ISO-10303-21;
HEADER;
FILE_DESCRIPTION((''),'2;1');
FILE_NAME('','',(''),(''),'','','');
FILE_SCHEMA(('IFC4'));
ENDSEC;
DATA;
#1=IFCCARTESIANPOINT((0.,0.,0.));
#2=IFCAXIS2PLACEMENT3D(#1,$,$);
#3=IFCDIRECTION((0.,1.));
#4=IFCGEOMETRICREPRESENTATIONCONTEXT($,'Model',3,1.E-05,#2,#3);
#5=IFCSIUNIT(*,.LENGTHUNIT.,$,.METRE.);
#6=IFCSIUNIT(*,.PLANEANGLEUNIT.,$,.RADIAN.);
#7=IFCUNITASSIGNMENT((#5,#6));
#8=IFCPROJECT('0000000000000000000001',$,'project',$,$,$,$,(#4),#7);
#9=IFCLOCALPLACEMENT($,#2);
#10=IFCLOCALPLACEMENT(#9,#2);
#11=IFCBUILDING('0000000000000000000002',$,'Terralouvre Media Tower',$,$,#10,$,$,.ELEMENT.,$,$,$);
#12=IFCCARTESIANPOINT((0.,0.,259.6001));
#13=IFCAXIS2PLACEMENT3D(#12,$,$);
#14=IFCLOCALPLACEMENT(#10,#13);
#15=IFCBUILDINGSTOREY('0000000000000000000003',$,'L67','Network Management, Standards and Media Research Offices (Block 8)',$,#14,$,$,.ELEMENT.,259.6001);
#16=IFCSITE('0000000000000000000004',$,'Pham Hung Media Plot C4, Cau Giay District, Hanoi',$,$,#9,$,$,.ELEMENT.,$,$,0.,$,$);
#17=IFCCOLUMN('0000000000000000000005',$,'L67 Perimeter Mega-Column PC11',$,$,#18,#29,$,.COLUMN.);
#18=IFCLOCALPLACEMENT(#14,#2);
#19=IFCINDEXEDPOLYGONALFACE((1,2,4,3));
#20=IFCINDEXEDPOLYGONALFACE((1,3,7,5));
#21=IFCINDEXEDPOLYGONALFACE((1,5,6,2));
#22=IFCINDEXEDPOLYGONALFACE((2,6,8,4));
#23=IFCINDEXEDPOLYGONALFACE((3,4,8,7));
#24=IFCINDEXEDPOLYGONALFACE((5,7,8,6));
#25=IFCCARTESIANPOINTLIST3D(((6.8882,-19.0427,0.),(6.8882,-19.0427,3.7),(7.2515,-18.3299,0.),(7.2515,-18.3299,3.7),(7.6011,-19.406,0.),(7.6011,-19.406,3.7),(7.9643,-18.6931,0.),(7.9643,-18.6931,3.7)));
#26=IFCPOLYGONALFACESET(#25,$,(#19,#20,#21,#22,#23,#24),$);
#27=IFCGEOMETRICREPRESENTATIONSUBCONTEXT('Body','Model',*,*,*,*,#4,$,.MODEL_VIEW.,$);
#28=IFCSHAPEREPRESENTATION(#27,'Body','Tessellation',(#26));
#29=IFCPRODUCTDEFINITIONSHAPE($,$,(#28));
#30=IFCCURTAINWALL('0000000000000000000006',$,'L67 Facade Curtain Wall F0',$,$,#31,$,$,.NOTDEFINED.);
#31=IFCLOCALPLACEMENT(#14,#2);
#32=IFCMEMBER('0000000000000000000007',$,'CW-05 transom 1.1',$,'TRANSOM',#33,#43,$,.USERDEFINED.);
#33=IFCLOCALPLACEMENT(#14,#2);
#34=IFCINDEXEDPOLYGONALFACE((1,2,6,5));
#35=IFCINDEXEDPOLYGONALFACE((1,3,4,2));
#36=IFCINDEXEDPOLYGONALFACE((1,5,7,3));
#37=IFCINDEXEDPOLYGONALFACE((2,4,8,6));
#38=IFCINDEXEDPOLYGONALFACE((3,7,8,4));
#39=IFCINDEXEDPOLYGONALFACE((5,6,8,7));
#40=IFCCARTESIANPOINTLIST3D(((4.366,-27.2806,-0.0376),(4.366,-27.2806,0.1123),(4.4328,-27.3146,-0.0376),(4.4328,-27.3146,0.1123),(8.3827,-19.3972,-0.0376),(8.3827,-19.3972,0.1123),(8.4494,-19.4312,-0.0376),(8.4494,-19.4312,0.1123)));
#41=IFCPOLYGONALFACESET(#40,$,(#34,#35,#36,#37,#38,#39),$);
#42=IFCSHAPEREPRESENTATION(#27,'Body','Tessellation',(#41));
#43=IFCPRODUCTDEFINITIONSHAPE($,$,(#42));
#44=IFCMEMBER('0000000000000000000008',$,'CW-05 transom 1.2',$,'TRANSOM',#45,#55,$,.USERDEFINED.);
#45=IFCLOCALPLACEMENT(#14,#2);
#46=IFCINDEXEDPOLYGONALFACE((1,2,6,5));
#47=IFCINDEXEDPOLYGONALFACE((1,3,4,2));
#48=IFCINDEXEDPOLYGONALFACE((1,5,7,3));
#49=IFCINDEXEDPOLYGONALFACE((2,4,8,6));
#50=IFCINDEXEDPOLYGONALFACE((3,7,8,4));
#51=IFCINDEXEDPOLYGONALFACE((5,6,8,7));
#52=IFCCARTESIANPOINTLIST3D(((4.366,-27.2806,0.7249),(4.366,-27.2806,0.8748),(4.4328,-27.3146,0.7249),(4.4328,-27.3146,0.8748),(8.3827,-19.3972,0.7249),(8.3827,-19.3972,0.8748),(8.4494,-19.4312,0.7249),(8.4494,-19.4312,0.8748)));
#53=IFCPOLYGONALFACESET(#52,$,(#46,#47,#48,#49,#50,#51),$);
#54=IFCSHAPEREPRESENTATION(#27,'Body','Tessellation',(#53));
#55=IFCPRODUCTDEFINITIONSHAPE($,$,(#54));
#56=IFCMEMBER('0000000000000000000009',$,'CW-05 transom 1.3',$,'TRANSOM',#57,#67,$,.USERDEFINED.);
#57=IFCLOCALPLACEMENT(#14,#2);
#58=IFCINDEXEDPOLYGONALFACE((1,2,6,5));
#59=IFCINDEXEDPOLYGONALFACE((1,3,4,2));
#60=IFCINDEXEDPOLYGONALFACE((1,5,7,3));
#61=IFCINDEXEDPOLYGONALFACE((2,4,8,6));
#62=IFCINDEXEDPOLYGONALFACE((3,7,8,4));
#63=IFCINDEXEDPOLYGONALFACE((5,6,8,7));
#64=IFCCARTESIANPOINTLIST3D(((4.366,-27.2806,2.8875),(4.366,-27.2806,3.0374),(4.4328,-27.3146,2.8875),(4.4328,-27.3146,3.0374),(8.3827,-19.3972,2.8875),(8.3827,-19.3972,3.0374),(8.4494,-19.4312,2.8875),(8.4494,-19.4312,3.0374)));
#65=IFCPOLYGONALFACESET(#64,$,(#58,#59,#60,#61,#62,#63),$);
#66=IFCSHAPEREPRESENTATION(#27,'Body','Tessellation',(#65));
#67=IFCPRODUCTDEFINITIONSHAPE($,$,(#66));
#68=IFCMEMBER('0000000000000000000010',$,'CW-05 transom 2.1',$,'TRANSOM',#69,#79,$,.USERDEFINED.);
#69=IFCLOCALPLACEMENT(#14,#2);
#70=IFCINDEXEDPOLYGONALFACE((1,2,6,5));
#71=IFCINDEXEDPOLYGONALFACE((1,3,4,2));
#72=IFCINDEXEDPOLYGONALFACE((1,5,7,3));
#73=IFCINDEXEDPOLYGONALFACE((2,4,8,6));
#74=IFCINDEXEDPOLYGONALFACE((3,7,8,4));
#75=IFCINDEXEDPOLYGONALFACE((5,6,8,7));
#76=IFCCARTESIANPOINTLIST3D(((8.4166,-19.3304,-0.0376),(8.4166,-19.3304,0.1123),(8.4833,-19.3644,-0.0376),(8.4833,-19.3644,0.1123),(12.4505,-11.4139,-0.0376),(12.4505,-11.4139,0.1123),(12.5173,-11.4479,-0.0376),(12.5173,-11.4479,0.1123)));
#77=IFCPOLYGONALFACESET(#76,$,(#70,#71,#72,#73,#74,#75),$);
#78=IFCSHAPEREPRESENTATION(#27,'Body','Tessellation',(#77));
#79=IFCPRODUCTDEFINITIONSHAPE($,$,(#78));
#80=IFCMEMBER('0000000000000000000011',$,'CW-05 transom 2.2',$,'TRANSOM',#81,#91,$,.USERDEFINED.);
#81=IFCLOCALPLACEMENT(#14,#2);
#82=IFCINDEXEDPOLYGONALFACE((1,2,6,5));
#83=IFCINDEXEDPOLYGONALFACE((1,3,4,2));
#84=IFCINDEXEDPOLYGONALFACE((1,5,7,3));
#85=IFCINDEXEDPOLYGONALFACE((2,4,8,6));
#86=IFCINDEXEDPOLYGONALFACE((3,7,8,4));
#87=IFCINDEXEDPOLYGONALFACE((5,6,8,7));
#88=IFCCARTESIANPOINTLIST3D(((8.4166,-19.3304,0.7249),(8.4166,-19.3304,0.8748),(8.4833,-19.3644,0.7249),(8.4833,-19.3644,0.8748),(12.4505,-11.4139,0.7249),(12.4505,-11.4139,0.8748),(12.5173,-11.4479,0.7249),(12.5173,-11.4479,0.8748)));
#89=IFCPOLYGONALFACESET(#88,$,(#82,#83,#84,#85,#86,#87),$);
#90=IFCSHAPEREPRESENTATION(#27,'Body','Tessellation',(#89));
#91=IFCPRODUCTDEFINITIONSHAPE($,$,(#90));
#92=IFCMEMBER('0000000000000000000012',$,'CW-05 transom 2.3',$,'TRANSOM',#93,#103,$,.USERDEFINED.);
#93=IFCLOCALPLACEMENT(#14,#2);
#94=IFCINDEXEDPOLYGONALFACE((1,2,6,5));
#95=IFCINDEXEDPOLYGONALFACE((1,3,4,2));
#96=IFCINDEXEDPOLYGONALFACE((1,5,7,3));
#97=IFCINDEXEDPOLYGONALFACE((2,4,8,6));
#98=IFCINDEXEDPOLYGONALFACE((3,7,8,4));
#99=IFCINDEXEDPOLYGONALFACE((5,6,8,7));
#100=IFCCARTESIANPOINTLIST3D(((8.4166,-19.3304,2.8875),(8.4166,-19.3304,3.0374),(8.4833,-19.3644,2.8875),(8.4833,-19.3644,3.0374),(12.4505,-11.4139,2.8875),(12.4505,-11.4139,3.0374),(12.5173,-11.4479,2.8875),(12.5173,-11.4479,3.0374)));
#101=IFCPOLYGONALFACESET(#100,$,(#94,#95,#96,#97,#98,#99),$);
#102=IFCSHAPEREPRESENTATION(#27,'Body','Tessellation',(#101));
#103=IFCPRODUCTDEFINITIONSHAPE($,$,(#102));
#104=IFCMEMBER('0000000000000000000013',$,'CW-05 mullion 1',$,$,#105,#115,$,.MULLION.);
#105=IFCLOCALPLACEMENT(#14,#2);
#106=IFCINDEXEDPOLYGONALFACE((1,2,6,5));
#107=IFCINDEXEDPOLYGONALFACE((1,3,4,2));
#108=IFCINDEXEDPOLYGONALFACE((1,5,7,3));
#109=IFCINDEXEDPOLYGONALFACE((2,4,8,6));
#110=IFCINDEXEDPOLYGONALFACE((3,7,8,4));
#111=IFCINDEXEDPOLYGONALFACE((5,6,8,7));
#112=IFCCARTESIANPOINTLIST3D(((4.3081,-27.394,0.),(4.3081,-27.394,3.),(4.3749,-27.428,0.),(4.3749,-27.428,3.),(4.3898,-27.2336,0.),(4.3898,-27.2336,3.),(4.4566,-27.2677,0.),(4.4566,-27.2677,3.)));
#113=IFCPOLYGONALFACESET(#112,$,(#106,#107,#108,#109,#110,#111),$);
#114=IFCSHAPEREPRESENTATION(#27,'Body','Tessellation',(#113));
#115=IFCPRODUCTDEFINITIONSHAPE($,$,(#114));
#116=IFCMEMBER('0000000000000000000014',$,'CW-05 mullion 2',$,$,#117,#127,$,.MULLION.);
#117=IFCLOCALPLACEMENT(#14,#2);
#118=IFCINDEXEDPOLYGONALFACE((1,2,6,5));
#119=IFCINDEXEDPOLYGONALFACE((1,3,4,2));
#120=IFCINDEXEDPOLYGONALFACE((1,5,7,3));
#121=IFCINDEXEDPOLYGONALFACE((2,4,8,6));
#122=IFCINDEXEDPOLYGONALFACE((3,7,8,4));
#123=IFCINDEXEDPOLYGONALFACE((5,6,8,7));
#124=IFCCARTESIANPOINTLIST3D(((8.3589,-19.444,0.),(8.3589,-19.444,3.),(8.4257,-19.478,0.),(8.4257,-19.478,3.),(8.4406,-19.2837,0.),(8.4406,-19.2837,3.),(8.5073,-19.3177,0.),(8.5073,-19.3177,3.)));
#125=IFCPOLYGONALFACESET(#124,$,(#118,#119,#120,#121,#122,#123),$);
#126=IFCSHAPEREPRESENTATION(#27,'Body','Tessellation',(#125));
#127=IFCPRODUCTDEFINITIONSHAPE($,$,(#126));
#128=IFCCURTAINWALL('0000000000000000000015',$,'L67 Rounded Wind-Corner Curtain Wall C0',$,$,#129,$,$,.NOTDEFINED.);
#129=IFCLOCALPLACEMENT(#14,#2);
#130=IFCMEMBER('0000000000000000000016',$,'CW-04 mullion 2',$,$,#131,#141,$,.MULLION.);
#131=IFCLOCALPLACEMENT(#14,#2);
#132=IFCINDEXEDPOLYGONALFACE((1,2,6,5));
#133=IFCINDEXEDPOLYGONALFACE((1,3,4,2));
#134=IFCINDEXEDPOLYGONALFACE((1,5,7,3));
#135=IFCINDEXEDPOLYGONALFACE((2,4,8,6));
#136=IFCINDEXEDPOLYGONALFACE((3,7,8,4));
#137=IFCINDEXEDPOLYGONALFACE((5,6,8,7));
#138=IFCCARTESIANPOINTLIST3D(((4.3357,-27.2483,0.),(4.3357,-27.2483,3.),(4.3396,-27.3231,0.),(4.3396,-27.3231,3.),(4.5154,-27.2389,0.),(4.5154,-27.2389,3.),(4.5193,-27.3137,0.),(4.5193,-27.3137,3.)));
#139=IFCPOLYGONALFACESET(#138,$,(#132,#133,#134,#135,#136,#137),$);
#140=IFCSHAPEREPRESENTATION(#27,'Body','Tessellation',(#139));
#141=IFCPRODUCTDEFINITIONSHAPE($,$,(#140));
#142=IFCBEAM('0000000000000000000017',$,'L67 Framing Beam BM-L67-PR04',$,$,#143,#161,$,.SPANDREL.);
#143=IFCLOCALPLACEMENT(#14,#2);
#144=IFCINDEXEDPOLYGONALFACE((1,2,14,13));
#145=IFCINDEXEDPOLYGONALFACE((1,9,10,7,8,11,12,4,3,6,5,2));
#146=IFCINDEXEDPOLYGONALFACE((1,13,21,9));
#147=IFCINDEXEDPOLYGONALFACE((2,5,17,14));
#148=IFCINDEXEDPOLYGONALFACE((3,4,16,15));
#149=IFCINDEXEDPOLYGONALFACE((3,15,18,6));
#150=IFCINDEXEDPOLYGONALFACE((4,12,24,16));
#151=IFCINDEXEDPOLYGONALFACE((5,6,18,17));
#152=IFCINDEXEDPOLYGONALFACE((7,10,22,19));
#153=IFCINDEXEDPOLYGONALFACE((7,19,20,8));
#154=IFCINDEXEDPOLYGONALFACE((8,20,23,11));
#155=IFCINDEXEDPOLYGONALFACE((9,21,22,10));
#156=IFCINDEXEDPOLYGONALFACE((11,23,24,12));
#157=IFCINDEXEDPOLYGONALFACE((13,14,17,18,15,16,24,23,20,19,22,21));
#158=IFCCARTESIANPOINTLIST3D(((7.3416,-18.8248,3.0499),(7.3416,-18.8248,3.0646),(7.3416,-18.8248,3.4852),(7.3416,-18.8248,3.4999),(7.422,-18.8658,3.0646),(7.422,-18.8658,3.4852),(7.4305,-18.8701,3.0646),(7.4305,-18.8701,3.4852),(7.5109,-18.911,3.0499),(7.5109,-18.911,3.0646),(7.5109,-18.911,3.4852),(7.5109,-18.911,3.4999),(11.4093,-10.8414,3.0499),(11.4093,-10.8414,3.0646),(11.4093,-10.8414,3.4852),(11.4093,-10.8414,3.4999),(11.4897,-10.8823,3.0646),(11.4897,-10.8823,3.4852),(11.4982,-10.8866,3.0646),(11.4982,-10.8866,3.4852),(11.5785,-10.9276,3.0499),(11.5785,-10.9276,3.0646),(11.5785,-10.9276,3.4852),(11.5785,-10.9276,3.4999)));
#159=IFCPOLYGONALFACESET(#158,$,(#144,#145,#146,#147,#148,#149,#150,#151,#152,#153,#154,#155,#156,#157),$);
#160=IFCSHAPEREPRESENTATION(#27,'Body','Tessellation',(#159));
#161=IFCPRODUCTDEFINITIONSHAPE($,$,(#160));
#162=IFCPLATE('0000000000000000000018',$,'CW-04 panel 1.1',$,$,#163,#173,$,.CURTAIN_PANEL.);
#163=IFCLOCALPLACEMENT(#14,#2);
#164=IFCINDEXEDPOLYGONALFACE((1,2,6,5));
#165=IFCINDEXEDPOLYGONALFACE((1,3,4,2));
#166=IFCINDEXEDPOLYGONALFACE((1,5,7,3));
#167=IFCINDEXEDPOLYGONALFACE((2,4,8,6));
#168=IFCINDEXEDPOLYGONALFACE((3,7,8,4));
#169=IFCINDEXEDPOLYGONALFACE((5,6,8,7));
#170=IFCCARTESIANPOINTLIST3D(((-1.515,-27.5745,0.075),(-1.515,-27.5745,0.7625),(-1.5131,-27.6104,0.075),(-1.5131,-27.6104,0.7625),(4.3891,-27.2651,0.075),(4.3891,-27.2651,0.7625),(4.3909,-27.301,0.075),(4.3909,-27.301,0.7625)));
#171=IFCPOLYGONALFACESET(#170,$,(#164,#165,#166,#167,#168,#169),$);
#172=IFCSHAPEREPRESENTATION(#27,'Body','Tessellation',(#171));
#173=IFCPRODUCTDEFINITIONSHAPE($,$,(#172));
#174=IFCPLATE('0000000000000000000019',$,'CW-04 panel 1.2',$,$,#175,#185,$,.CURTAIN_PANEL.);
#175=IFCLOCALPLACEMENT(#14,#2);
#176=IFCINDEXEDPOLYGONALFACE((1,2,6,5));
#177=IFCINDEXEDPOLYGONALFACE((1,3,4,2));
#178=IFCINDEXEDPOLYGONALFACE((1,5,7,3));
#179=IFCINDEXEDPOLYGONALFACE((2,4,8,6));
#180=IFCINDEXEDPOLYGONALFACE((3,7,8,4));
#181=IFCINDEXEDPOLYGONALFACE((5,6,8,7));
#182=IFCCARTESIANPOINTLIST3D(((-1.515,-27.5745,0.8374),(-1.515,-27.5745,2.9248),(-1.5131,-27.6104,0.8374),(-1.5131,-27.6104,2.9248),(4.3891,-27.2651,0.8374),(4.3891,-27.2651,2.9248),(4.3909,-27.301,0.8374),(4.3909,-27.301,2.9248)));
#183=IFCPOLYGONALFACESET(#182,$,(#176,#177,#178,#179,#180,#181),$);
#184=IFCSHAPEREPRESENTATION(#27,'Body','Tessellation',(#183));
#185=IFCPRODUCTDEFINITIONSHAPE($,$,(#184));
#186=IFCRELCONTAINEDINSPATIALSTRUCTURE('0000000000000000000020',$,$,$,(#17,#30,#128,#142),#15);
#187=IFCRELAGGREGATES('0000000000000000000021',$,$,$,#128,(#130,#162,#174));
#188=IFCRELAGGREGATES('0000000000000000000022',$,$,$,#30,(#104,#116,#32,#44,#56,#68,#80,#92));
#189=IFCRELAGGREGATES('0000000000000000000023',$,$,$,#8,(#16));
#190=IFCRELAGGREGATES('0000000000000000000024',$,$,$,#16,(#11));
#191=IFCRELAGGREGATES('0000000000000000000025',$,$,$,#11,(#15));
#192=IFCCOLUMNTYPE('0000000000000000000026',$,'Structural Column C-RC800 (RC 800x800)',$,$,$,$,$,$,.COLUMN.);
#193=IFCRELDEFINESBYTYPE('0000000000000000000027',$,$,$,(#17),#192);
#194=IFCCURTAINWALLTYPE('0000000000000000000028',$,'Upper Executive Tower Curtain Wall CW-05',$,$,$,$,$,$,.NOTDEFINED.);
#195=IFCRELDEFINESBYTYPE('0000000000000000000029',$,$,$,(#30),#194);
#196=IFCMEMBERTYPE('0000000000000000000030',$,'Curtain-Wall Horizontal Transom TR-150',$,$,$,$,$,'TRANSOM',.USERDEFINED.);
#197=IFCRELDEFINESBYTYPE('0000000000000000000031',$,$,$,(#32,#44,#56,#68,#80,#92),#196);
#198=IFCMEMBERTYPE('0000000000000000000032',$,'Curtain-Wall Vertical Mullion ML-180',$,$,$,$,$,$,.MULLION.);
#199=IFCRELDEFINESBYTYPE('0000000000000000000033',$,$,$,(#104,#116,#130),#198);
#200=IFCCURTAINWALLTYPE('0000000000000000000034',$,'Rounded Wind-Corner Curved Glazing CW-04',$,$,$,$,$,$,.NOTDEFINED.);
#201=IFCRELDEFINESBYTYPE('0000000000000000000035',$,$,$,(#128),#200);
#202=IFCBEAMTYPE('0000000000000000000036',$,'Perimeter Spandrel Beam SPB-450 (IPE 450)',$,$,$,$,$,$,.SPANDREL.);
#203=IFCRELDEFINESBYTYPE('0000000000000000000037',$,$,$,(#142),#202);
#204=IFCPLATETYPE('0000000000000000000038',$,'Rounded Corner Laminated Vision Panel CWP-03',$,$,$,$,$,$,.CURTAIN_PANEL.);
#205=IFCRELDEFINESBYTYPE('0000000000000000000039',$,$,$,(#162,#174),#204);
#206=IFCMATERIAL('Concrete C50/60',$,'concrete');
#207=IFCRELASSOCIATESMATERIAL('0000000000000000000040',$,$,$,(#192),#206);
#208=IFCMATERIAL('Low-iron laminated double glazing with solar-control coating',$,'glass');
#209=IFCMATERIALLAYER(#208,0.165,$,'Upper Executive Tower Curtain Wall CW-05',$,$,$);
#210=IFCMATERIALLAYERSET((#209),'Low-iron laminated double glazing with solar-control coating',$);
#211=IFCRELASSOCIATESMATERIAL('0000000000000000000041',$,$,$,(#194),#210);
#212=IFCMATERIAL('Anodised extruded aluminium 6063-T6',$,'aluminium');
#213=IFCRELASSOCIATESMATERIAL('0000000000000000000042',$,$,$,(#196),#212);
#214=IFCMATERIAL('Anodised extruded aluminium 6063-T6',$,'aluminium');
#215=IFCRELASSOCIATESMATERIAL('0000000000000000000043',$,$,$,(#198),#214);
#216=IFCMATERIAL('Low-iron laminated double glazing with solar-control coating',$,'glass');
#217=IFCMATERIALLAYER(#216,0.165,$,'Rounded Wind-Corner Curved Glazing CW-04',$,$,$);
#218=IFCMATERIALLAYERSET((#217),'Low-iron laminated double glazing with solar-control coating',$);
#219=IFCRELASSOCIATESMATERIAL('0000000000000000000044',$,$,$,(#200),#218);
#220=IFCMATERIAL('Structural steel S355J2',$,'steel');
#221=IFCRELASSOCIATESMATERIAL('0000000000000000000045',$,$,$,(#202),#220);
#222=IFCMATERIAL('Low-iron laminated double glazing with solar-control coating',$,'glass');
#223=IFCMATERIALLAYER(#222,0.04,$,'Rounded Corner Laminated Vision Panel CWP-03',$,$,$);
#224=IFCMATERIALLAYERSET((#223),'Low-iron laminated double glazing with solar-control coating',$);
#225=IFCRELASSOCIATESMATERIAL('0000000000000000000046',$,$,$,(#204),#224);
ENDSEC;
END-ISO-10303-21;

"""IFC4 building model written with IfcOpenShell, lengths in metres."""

from ifc_helpers import new_model, si_unit, direction, frame, origin, origin_2d, place, context, subcontext, project, spatial, rectangle, i_section, extrude, material, layer, layer_set, material_profile, profile_set, type_object, element, aggregate, save


model = new_model("IFC4")

# Units and contexts
model_context = context("Model", 3, precision=1e-05, world=origin(), true_north=direction((0.0, 1.0)))
body_context = subcontext(model_context, "Body", "Model", "MODEL_VIEW")
ifc_project = project(units=[si_unit("LENGTHUNIT", "METRE"), si_unit("PLANEANGLEUNIT", "RADIAN")], contexts=[model_context])

# Site, building, storey
site_placement = place(None, origin())
site = spatial("IfcSite", under=ifc_project, at=site_placement, Name="Pham Hung Media Plot C4, Cau Giay District, Hanoi", CompositionType="ELEMENT", RefElevation=0.0)
building_placement = place(site_placement, origin())
building = spatial("IfcBuilding", under=site, at=building_placement, Name="Terralouvre Media Tower", CompositionType="ELEMENT")
storey_placement = place(building_placement, frame((0.0, 0.0, 259.6001)))
storey = spatial("IfcBuildingStorey", under=building, at=storey_placement, Name="L67", Description="Network Management, Standards and Media Research Offices (Block 8)", CompositionType="ELEMENT", Elevation=259.6001)

# Column
ifc_material_1 = material(Name="Concrete C50/60", Category="concrete")
ifc_material_profile_1 = material_profile(ifc_material_1, rectangle(XDim=0.8, YDim=0.8, at=origin_2d()), Name="RC 800x800")
ifc_profile_set_1 = profile_set([ifc_material_profile_1], Name="Concrete C50/60")
column_type = type_object("IfcColumnType", Name="Structural Column C-RC800 (RC 800x800)", PredefinedType="COLUMN", material=ifc_profile_set_1)
column_placement = place(storey_placement, frame((7.4263, -18.8679, 0.0), z_axis=(0.0, 0.0, 1.0), x_axis=(0.45399, 0.891007, 0.0)))
element("IfcColumn", 1, at=column_placement, inside=storey, type_object=column_type, Name="L67 Perimeter Mega-Column PC11", PredefinedType="COLUMN", context=body_context, shape_type="SweptSolid", body=[
    extrude(rectangle(XDim=0.8, YDim=0.8, at=origin_2d()), origin(), (0.0, 0.0, 1.0), 3.7),
])

# Curtain wall, members
ifc_material_2 = material(Name="Low-iron laminated double glazing with solar-control coating", Category="glass")
ifc_layer_1 = layer(ifc_material_2, 0.165, Name="Upper Executive Tower Curtain Wall CW-05")
ifc_layer_set_1 = layer_set([ifc_layer_1], Name="Low-iron laminated double glazing with solar-control coating")
curtain_wall_type_1 = type_object("IfcCurtainWallType", Name="Upper Executive Tower Curtain Wall CW-05", PredefinedType="NOTDEFINED", material=ifc_layer_set_1)
curtain_wall_1_placement = place(storey_placement, origin())
curtain_wall_1 = element("IfcCurtainWall", 2, at=curtain_wall_1_placement, inside=storey, type_object=curtain_wall_type_1, Name="L67 Facade Curtain Wall F0", PredefinedType="NOTDEFINED")
ifc_material_3 = material(Name="Anodised extruded aluminium 6063-T6", Category="aluminium")
ifc_material_profile_2 = material_profile(ifc_material_3, rectangle(XDim=0.075, YDim=0.1499, at=origin_2d()), Name="ALU 75x150")
ifc_profile_set_2 = profile_set([ifc_material_profile_2], Name="Anodised extruded aluminium 6063-T6")
member_type_1 = type_object("IfcMemberType", Name="Curtain-Wall Horizontal Transom TR-150", ElementType="TRANSOM", PredefinedType="USERDEFINED", material=ifc_profile_set_2)
member_1_placement = place(storey_placement, frame((4.3994, -27.2976, 0.0374), z_axis=(0.453978, 0.891013, 0.0), x_axis=(-0.891013, 0.453978, 0.0)))
member_1 = element("IfcMember", 3, at=member_1_placement, type_object=member_type_1, Name="CW-05 transom 1.1", ObjectType="TRANSOM", PredefinedType="USERDEFINED", context=body_context, shape_type="SweptSolid", body=[
    extrude(rectangle(XDim=0.075, YDim=0.1499, at=origin_2d()), origin(), (0.0, 0.0, 1.0), 8.8477),
])
member_2_placement = place(storey_placement, frame((4.3994, -27.2976, 0.7998), z_axis=(0.453978, 0.891013, 0.0), x_axis=(-0.891013, 0.453978, 0.0)))
member_2 = element("IfcMember", 4, at=member_2_placement, type_object=member_type_1, Name="CW-05 transom 1.2", ObjectType="TRANSOM", PredefinedType="USERDEFINED", context=body_context, shape_type="SweptSolid", body=[
    extrude(rectangle(XDim=0.075, YDim=0.1499, at=origin_2d()), origin(), (0.0, 0.0, 1.0), 8.8477),
])
member_3_placement = place(storey_placement, frame((4.3994, -27.2976, 2.9624), z_axis=(0.453978, 0.891013, 0.0), x_axis=(-0.891013, 0.453978, 0.0)))
member_3 = element("IfcMember", 5, at=member_3_placement, type_object=member_type_1, Name="CW-05 transom 1.3", ObjectType="TRANSOM", PredefinedType="USERDEFINED", context=body_context, shape_type="SweptSolid", body=[
    extrude(rectangle(XDim=0.075, YDim=0.1499, at=origin_2d()), origin(), (0.0, 0.0, 1.0), 8.8477),
])
member_4_placement = place(storey_placement, frame((8.45, -19.3474, 0.0374), z_axis=(0.454015, 0.890994, 0.0), x_axis=(-0.890994, 0.454015, 0.0)))
member_4 = element("IfcMember", 6, at=member_4_placement, type_object=member_type_1, Name="CW-05 transom 2.1", ObjectType="TRANSOM", PredefinedType="USERDEFINED", context=body_context, shape_type="SweptSolid", body=[
    extrude(rectangle(XDim=0.075, YDim=0.1499, at=origin_2d()), origin(), (0.0, 0.0, 1.0), 8.885),
])
member_5_placement = place(storey_placement, frame((8.45, -19.3474, 0.7998), z_axis=(0.454015, 0.890994, 0.0), x_axis=(-0.890994, 0.454015, 0.0)))
member_5 = element("IfcMember", 7, at=member_5_placement, type_object=member_type_1, Name="CW-05 transom 2.2", ObjectType="TRANSOM", PredefinedType="USERDEFINED", context=body_context, shape_type="SweptSolid", body=[
    extrude(rectangle(XDim=0.075, YDim=0.1499, at=origin_2d()), origin(), (0.0, 0.0, 1.0), 8.885),
])
member_6_placement = place(storey_placement, frame((8.45, -19.3474, 2.9624), z_axis=(0.454015, 0.890994, 0.0), x_axis=(-0.890994, 0.454015, 0.0)))
member_6 = element("IfcMember", 8, at=member_6_placement, type_object=member_type_1, Name="CW-05 transom 2.3", ObjectType="TRANSOM", PredefinedType="USERDEFINED", context=body_context, shape_type="SweptSolid", body=[
    extrude(rectangle(XDim=0.075, YDim=0.1499, at=origin_2d()), origin(), (0.0, 0.0, 1.0), 8.885),
])
ifc_material_4 = material(Name="Anodised extruded aluminium 6063-T6", Category="aluminium")
ifc_material_profile_3 = material_profile(ifc_material_4, rectangle(XDim=0.075, YDim=0.1799, at=origin_2d()), Name="ALU 75x180")
ifc_profile_set_3 = profile_set([ifc_material_profile_3], Name="Anodised extruded aluminium 6063-T6")
member_type_2 = type_object("IfcMemberType", Name="Curtain-Wall Vertical Mullion ML-180", PredefinedType="MULLION", material=ifc_profile_set_3)
member_7_placement = place(storey_placement, frame((4.3823, -27.3308, 0.0), z_axis=(0.0, 0.0, 1.0), x_axis=(-0.891007, 0.45399, 0.0)))
member_7 = element("IfcMember", 9, at=member_7_placement, type_object=member_type_2, Name="CW-05 mullion 1", PredefinedType="MULLION", context=body_context, shape_type="SweptSolid", body=[
    extrude(rectangle(XDim=0.075, YDim=0.1799, at=origin_2d()), origin(), (0.0, 0.0, 1.0), 3.0),
])
member_8_placement = place(storey_placement, frame((8.4331, -19.3809, 0.0), z_axis=(0.0, 0.0, 1.0), x_axis=(-0.891007, 0.45399, 0.0)))
member_8 = element("IfcMember", 10, at=member_8_placement, type_object=member_type_2, Name="CW-05 mullion 2", PredefinedType="MULLION", context=body_context, shape_type="SweptSolid", body=[
    extrude(rectangle(XDim=0.075, YDim=0.1799, at=origin_2d()), origin(), (0.0, 0.0, 1.0), 3.0),
])

# Curtain wall, member
ifc_material_5 = material(Name="Low-iron laminated double glazing with solar-control coating", Category="glass")
ifc_layer_2 = layer(ifc_material_5, 0.165, Name="Rounded Wind-Corner Curved Glazing CW-04")
ifc_layer_set_2 = layer_set([ifc_layer_2], Name="Low-iron laminated double glazing with solar-control coating")
curtain_wall_type_2 = type_object("IfcCurtainWallType", Name="Rounded Wind-Corner Curved Glazing CW-04", PredefinedType="NOTDEFINED", material=ifc_layer_set_2)
curtain_wall_2_placement = place(storey_placement, origin())
curtain_wall_2 = element("IfcCurtainWall", 11, at=curtain_wall_2_placement, inside=storey, type_object=curtain_wall_type_2, Name="L67 Rounded Wind-Corner Curtain Wall C0", PredefinedType="NOTDEFINED")
member_9_placement = place(storey_placement, frame((4.4275, -27.281, 0.0), z_axis=(0.0, 0.0, 1.0), x_axis=(-0.052336, 0.99863, 0.0)))
member_9 = element("IfcMember", 12, at=member_9_placement, type_object=member_type_2, Name="CW-04 mullion 2", PredefinedType="MULLION", context=body_context, shape_type="SweptSolid", body=[
    extrude(rectangle(XDim=0.075, YDim=0.1799, at=origin_2d()), origin(), (0.0, 0.0, 1.0), 3.0),
])

# Beam
ifc_material_6 = material(Name="Structural steel S355J2", Category="steel")
ifc_material_profile_4 = material_profile(ifc_material_6, i_section(OverallWidth=0.1899, OverallDepth=0.45, WebThickness=0.0095, FlangeThickness=0.0146, at=origin_2d()), Name="IPE 450")
ifc_profile_set_4 = profile_set([ifc_material_profile_4], Name="Structural steel S355J2")
beam_type = type_object("IfcBeamType", Name="Perimeter Spandrel Beam SPB-450 (IPE 450)", PredefinedType="SPANDREL", material=ifc_profile_set_4)
beam_placement = place(storey_placement, frame((7.4263, -18.8679, 3.2749), z_axis=(0.45398, 0.891012, 0.0), x_axis=(-0.891012, 0.45398, 0.0)))
element("IfcBeam", 13, at=beam_placement, inside=storey, type_object=beam_type, Name="L67 Framing Beam BM-L67-PR04", PredefinedType="SPANDREL", context=body_context, shape_type="SweptSolid", body=[
    extrude(i_section(OverallWidth=0.1899, OverallDepth=0.45, WebThickness=0.0095, FlangeThickness=0.0146, at=origin_2d()), origin(), (0.0, 0.0, 1.0), 8.96),
])

# Plates
ifc_material_7 = material(Name="Low-iron laminated double glazing with solar-control coating", Category="glass")
ifc_layer_3 = layer(ifc_material_7, 0.04, Name="Rounded Corner Laminated Vision Panel CWP-03")
ifc_layer_set_3 = layer_set([ifc_layer_3], Name="Low-iron laminated double glazing with solar-control coating")
plate_type_1 = type_object("IfcPlateType", Name="Rounded Corner Laminated Vision Panel CWP-03", PredefinedType="CURTAIN_PANEL", material=ifc_layer_set_3)
plate_1_placement = place(storey_placement, frame((1.438, -27.4377, 0.075), z_axis=(0.0, 0.0, 1.0), x_axis=(0.99863, 0.052336, 0.0)))
plate_1 = element("IfcPlate", 14, at=plate_1_placement, type_object=plate_type_1, Name="CW-04 panel 1.1", PredefinedType="CURTAIN_PANEL", context=body_context, shape_type="SweptSolid", body=[
    extrude(rectangle(XDim=5.9121, YDim=0.0359, at=origin_2d()), origin(), (0.0, 0.0, 1.0), 0.6875),
])
plate_2_placement = place(storey_placement, frame((1.438, -27.4377, 0.8374), z_axis=(0.0, 0.0, 1.0), x_axis=(0.99863, 0.052336, 0.0)))
plate_2 = element("IfcPlate", 15, at=plate_2_placement, type_object=plate_type_1, Name="CW-04 panel 1.2", PredefinedType="CURTAIN_PANEL", context=body_context, shape_type="SweptSolid", body=[
    extrude(rectangle(XDim=5.9121, YDim=0.0359, at=origin_2d()), origin(), (0.0, 0.0, 1.0), 2.0874),
])
aggregate(curtain_wall_2, [member_9, plate_1, plate_2])
aggregate(curtain_wall_1, [member_7, member_8, member_1, member_2, member_3, member_4, member_5, member_6])

save(model, "model.ifc")
